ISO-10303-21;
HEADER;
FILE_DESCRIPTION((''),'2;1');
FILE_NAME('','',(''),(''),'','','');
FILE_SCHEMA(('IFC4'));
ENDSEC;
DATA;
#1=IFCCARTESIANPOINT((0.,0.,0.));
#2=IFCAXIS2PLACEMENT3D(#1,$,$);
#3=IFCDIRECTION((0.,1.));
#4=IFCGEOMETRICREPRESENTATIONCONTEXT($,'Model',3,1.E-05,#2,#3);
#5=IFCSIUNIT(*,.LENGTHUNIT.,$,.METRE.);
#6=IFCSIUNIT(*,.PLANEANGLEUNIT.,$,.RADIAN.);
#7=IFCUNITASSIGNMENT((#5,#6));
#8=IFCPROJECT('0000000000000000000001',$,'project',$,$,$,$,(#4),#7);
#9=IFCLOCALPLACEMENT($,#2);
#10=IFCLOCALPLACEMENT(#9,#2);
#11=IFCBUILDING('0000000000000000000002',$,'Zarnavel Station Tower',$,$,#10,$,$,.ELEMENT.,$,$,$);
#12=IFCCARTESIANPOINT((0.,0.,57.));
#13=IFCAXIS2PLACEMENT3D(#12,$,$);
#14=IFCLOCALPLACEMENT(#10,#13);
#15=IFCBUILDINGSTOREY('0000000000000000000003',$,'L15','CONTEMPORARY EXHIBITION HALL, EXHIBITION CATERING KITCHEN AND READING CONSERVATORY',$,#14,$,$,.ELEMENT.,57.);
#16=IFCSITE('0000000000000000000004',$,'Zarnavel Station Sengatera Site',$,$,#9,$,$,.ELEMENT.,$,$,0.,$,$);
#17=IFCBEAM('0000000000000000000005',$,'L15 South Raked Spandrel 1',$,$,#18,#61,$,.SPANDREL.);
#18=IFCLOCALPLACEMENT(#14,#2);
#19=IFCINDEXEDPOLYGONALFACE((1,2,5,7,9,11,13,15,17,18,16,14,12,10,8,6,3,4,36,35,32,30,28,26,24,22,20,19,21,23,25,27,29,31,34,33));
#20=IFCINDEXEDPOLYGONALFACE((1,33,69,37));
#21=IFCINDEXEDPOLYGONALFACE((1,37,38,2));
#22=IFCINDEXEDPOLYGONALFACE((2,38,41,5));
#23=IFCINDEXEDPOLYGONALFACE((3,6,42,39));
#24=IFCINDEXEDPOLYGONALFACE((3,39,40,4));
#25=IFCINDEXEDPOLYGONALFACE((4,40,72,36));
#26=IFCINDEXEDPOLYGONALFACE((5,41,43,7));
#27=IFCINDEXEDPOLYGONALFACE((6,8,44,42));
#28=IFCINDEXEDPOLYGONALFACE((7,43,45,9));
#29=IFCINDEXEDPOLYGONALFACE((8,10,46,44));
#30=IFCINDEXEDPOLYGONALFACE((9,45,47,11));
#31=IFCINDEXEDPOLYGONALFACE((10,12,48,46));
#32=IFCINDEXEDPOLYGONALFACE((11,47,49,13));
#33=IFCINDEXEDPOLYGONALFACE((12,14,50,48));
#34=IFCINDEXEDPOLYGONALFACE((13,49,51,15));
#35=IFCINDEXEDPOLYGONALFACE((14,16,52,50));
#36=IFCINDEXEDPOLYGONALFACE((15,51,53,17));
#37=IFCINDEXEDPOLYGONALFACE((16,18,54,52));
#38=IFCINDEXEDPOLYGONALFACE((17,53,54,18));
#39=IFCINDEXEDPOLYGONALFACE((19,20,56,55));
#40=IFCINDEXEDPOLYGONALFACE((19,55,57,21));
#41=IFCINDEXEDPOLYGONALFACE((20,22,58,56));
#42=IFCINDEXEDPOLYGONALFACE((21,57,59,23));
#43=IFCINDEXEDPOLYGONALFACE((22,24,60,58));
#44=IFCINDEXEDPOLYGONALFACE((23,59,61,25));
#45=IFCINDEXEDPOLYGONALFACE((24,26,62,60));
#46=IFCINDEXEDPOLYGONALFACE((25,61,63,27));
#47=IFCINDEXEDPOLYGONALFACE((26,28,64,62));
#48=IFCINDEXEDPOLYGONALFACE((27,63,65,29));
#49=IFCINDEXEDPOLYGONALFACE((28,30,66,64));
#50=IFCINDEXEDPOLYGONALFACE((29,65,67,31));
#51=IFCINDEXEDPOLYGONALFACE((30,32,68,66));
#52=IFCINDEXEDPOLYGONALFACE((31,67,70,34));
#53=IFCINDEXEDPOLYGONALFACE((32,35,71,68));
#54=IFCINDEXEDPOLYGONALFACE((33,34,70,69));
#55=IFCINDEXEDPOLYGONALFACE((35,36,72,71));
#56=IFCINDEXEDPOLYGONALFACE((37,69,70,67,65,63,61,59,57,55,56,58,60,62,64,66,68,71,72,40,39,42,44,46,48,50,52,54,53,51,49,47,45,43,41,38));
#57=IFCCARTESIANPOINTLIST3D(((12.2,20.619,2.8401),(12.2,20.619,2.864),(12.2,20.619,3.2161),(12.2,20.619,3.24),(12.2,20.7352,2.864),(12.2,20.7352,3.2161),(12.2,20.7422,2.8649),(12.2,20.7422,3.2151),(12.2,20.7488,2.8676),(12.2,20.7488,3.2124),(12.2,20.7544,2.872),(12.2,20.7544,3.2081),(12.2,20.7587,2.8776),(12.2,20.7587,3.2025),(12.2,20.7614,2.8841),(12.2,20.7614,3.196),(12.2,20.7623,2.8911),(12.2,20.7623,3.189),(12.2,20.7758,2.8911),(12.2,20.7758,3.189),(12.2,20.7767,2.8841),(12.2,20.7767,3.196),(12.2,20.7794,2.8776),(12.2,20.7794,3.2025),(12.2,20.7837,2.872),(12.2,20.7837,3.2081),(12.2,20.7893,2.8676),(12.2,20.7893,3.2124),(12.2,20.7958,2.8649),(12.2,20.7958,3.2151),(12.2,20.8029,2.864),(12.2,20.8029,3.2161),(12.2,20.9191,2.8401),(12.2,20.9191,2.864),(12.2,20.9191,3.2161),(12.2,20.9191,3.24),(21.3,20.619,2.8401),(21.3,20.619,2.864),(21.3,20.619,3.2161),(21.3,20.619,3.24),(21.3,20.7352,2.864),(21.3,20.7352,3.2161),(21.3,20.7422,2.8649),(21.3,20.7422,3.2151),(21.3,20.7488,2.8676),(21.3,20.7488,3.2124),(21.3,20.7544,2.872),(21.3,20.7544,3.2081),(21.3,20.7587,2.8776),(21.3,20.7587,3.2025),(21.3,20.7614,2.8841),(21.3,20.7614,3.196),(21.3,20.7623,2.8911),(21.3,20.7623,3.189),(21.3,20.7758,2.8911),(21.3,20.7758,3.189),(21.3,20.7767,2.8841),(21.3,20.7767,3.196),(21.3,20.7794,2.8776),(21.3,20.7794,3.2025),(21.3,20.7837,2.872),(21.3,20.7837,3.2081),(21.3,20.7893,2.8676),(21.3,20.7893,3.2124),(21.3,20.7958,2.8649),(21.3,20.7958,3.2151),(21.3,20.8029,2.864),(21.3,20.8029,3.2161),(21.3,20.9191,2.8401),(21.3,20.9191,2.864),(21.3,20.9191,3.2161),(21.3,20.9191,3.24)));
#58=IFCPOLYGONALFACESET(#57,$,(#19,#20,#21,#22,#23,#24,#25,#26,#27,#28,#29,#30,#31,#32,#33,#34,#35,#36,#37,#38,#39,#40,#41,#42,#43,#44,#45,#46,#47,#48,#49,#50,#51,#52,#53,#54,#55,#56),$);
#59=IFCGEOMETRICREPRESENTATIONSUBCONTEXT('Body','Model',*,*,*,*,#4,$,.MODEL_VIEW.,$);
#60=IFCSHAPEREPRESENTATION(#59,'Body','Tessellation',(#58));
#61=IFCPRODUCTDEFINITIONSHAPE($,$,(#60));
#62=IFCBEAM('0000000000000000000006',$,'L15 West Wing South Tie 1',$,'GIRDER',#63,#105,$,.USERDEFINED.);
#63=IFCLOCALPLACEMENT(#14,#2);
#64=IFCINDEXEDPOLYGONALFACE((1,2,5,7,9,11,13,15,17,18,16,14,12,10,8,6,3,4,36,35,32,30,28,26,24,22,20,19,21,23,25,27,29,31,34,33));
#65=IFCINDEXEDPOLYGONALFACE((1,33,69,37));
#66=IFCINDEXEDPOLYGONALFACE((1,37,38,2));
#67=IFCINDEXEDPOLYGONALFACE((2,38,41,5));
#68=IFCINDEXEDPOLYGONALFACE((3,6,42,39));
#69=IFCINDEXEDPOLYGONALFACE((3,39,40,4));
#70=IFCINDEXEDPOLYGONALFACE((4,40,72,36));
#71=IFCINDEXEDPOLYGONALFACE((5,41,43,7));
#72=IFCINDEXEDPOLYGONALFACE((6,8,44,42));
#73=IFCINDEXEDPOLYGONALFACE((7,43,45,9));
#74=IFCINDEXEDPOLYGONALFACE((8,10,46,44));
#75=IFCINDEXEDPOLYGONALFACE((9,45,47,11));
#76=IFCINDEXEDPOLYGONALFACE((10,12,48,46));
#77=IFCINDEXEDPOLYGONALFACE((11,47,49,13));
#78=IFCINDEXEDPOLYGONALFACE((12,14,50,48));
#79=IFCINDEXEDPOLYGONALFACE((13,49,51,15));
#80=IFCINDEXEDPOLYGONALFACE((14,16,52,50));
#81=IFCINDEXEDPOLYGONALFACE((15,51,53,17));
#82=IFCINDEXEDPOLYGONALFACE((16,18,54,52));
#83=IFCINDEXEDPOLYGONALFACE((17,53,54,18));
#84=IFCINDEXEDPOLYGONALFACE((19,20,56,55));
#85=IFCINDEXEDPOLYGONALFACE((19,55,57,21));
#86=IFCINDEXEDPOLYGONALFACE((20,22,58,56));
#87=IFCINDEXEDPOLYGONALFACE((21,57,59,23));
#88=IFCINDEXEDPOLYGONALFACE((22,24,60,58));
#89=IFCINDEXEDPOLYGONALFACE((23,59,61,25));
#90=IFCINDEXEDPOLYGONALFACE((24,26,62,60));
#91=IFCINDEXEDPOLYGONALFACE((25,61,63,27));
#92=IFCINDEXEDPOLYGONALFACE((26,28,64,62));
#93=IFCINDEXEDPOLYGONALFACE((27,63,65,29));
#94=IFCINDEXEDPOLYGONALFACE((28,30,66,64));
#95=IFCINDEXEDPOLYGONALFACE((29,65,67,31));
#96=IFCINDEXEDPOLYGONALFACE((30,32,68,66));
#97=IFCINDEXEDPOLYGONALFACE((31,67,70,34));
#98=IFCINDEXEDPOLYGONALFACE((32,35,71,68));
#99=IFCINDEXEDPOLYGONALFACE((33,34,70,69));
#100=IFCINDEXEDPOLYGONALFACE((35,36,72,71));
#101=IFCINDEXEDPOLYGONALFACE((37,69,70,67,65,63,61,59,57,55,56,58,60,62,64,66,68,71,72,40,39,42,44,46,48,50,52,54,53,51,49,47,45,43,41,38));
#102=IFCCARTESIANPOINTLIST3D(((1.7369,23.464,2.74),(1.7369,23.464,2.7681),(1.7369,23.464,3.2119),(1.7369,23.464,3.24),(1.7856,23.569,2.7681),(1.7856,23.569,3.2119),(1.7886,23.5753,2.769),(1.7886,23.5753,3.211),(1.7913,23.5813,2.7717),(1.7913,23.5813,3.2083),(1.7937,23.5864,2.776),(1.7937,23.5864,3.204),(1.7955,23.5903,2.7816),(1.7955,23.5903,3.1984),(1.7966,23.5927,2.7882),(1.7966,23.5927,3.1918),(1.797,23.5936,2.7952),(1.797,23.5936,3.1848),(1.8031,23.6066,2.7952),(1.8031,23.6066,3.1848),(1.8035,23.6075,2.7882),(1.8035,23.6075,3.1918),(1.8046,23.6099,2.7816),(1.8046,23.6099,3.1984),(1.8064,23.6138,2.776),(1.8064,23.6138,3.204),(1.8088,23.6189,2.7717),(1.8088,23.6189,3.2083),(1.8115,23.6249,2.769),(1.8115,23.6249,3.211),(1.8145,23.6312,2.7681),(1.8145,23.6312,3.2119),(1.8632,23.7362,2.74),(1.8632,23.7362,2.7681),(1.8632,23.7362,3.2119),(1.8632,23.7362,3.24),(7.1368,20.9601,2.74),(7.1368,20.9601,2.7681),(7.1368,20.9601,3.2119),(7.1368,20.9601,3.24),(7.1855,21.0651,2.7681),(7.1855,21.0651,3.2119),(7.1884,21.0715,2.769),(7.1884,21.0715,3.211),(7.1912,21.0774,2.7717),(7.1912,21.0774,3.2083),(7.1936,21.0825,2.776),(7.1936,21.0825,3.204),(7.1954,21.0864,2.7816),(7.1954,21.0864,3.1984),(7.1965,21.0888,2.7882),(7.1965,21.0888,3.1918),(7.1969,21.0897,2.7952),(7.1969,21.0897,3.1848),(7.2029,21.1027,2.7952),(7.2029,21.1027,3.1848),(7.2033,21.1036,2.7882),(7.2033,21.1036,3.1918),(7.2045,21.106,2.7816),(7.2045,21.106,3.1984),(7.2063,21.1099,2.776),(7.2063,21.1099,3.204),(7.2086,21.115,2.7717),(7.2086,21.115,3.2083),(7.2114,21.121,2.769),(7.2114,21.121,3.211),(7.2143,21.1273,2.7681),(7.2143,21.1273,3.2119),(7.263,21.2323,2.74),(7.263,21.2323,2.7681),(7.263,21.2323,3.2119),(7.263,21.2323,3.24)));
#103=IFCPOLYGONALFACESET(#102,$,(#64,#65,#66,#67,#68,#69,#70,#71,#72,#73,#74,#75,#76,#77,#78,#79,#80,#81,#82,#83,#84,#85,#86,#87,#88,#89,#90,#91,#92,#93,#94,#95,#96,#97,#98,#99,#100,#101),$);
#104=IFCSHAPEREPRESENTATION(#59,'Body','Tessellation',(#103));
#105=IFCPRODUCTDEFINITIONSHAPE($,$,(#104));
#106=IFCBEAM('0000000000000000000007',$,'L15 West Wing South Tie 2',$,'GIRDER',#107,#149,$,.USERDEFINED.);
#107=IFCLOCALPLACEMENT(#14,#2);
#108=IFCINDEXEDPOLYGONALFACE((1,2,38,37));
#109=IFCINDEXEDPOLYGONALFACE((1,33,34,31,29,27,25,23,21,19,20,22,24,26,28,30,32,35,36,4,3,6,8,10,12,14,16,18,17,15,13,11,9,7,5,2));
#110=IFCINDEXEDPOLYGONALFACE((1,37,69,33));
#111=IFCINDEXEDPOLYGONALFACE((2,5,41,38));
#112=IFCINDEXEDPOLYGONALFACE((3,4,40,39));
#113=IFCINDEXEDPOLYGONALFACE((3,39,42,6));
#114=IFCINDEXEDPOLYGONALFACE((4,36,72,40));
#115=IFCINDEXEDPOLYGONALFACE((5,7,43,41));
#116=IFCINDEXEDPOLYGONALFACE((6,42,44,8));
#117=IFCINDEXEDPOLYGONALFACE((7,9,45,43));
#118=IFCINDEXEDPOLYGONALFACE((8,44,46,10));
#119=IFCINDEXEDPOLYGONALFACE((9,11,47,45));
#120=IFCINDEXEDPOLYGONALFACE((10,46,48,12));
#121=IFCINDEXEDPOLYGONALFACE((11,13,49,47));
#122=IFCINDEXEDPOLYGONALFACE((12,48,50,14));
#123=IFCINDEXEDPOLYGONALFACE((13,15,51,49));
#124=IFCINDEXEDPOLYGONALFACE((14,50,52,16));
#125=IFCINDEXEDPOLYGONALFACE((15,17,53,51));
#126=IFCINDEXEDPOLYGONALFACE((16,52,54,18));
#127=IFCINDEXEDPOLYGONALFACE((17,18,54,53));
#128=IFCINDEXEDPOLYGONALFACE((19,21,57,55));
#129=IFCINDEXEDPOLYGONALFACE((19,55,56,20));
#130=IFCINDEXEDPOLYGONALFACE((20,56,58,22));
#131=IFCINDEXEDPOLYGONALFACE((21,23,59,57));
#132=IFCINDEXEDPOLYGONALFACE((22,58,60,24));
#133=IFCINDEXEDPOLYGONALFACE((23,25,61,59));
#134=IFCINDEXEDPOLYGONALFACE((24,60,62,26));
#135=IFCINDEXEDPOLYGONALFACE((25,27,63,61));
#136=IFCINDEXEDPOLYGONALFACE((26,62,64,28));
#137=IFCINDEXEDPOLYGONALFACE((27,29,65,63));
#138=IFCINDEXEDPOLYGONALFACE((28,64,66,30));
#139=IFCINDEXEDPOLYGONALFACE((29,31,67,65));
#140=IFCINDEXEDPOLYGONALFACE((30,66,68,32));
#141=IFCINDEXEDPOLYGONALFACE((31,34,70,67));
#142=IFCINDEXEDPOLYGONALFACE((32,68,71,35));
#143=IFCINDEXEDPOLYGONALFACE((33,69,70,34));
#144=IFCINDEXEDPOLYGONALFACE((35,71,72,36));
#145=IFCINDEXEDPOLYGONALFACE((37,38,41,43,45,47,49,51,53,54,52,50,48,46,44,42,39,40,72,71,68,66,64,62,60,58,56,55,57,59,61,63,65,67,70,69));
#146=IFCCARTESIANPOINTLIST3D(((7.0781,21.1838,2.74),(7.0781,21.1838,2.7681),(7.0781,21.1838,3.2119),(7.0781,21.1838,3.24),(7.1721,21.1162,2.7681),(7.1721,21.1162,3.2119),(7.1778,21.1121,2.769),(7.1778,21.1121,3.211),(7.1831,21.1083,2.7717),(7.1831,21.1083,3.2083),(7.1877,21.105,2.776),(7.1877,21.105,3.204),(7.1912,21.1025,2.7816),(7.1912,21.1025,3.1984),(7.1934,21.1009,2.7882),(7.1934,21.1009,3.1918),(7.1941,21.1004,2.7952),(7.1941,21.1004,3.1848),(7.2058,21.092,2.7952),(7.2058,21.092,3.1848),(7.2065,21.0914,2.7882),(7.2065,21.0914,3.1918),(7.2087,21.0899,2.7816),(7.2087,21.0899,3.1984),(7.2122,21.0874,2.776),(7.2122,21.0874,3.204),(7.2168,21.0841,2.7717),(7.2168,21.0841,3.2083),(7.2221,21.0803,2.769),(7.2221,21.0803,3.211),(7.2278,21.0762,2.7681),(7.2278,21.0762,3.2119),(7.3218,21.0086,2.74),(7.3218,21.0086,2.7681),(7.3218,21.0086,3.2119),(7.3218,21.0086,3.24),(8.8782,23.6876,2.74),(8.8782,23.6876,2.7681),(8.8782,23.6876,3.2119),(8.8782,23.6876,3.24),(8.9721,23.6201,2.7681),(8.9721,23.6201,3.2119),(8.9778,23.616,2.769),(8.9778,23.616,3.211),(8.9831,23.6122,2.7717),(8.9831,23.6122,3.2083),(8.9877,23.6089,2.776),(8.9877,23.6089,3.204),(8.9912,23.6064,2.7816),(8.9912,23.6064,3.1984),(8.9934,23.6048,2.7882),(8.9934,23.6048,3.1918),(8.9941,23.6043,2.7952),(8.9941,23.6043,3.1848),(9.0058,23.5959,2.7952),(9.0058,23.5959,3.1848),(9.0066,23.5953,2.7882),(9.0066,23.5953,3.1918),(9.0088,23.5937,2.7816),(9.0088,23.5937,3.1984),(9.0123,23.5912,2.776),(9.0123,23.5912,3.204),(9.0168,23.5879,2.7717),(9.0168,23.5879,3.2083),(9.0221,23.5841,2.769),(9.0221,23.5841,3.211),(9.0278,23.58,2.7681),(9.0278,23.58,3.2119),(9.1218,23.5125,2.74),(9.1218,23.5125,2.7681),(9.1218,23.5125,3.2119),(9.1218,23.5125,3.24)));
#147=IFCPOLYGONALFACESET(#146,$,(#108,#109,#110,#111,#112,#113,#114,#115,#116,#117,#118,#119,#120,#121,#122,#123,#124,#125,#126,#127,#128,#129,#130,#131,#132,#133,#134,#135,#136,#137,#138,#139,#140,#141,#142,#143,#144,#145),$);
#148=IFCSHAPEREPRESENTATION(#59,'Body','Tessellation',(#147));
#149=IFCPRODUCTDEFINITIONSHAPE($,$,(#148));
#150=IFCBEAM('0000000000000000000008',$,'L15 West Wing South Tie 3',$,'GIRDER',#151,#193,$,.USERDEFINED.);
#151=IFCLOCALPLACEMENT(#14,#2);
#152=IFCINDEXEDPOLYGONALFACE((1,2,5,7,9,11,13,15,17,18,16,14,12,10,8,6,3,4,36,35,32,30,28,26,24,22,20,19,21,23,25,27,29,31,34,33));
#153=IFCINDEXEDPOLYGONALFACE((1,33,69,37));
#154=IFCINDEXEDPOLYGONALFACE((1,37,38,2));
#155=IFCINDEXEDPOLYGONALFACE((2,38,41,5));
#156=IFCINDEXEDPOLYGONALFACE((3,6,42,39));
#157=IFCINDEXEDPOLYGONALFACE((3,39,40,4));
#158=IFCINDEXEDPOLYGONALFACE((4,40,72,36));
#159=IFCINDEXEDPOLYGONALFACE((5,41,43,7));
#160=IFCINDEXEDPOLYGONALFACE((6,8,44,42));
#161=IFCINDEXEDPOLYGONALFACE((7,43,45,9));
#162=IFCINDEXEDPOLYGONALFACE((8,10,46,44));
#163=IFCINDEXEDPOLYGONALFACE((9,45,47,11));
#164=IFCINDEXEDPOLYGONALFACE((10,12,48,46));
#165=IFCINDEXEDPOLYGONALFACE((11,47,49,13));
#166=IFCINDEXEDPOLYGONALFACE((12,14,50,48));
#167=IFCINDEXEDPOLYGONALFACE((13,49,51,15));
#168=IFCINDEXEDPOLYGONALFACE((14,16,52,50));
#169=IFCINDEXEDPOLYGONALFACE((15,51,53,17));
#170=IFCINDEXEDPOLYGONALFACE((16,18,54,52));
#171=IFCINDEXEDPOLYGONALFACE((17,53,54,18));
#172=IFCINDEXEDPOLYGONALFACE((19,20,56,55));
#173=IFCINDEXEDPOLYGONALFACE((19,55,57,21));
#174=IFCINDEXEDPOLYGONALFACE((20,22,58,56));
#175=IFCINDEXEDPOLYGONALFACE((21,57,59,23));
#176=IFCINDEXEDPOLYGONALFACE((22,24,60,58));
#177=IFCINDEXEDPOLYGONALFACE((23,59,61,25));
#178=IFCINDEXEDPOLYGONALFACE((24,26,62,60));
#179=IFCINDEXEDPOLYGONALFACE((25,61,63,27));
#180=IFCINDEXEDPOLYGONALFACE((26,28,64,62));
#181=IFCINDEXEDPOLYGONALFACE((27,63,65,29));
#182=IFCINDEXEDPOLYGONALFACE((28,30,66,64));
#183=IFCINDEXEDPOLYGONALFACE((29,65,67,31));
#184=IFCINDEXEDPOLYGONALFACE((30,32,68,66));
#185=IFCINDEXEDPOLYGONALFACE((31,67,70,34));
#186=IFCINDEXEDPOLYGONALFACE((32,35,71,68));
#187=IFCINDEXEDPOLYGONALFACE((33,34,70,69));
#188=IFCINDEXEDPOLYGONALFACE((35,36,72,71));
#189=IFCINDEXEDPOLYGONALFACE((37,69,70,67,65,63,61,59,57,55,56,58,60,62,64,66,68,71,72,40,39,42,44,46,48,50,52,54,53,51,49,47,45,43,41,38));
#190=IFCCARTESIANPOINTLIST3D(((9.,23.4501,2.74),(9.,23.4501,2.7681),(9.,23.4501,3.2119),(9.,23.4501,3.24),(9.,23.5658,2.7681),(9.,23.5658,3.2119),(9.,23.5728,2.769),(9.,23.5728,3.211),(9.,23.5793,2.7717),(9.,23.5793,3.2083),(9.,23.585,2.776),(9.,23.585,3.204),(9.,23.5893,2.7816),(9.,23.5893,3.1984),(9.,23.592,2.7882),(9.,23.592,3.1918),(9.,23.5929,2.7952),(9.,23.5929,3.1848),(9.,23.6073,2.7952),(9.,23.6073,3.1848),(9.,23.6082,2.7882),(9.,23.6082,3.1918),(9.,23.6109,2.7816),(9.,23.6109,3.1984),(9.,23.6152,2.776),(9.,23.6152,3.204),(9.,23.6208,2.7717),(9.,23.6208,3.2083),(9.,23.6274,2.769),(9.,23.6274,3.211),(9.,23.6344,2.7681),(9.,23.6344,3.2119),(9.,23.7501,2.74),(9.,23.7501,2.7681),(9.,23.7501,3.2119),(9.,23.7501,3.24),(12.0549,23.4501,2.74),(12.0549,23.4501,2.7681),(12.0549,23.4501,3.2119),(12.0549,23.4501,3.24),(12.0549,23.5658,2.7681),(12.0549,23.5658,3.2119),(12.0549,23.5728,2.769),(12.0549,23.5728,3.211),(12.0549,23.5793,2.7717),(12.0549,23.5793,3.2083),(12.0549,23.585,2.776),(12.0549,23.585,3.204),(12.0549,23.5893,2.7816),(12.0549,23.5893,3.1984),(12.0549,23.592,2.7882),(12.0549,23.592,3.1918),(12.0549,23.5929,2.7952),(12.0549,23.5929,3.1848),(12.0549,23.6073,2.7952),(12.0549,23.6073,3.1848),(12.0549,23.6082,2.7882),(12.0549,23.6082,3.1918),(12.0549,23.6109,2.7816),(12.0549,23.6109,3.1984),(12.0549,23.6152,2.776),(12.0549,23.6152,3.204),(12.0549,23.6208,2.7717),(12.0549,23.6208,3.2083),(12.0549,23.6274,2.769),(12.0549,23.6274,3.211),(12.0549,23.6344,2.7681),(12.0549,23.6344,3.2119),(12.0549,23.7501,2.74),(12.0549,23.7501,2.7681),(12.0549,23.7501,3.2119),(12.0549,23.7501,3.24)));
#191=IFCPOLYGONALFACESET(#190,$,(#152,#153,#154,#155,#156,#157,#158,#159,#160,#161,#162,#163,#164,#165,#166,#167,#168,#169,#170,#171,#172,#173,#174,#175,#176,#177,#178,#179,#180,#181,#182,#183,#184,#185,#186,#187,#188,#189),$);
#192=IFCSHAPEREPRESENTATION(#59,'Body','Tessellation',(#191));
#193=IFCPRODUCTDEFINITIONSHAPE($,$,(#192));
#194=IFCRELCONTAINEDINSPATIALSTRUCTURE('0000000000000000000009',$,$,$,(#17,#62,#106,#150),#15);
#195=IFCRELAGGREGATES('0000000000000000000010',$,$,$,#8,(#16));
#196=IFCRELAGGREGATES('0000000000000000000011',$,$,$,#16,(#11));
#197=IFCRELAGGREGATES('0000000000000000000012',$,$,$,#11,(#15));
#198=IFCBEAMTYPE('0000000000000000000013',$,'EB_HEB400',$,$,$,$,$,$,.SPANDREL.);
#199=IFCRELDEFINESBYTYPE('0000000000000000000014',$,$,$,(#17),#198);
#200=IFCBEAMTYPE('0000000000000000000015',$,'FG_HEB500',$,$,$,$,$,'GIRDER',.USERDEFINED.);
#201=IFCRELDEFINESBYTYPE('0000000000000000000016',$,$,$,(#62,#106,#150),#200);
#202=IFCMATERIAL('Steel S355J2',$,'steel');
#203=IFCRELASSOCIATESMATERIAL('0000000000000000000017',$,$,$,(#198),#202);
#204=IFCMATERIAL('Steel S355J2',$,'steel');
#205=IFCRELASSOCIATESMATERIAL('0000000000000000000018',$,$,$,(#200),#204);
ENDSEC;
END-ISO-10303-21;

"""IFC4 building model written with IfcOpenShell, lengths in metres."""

from ifc_helpers import new_model, si_unit, direction, frame, origin, origin_2d, place, context, subcontext, project, spatial, i_section, extrude, material, material_profile, profile_set, type_object, element, save


model = new_model("IFC4")

# Units and contexts
model_context = context("Model", 3, precision=1e-05, world=origin(), true_north=direction((0.0, 1.0)))
body_context = subcontext(model_context, "Body", "Model", "MODEL_VIEW")
ifc_project = project(units=[si_unit("LENGTHUNIT", "METRE"), si_unit("PLANEANGLEUNIT", "RADIAN")], contexts=[model_context])

# Site, building, storey
site_placement = place(None, origin())
site = spatial("IfcSite", under=ifc_project, at=site_placement, Name="Zarnavel Station Sengatera Site", CompositionType="ELEMENT", RefElevation=0.0)
building_placement = place(site_placement, origin())
building = spatial("IfcBuilding", under=site, at=building_placement, Name="Zarnavel Station Tower", CompositionType="ELEMENT")
storey_placement = place(building_placement, frame((0.0, 0.0, 57.0)))
storey = spatial("IfcBuildingStorey", under=building, at=storey_placement, Name="L15", Description="CONTEMPORARY EXHIBITION HALL, EXHIBITION CATERING KITCHEN AND READING CONSERVATORY", CompositionType="ELEMENT", Elevation=57.0)

# Beams
ifc_material_1 = material(Name="Steel S355J2", Category="steel")
ifc_material_profile_1 = material_profile(ifc_material_1, i_section(OverallWidth=0.3, OverallDepth=0.3999, WebThickness=0.0134, FlangeThickness=0.0239, FilletRadius=0.0271, at=origin_2d()), Name="HEB400")
ifc_profile_set_1 = profile_set([ifc_material_profile_1], Name="Steel S355J2")
beam_type_1 = type_object("IfcBeamType", Name="EB_HEB400", PredefinedType="SPANDREL", material=ifc_profile_set_1)
beam_1_placement = place(storey_placement, frame((12.2, 20.769, 3.04), z_axis=(1.0, 0.0, 0.0), x_axis=(0.0, 1.0, 0.0)))
element("IfcBeam", 1, at=beam_1_placement, inside=storey, type_object=beam_type_1, Name="L15 South Raked Spandrel 1", PredefinedType="SPANDREL", context=body_context, shape_type="SweptSolid", body=[
    extrude(i_section(OverallWidth=0.3, OverallDepth=0.3999, WebThickness=0.0134, FlangeThickness=0.0239, FilletRadius=0.0271, at=origin_2d()), origin(), (0.0, 0.0, 1.0), 9.1001),
])
ifc_material_2 = material(Name="Steel S355J2", Category="steel")
ifc_material_profile_2 = material_profile(ifc_material_2, i_section(OverallWidth=0.3, OverallDepth=0.5, WebThickness=0.0144, FlangeThickness=0.0281, FilletRadius=0.0271, at=origin_2d()), Name="HEB500")
ifc_profile_set_2 = profile_set([ifc_material_profile_2], Name="Steel S355J2")
beam_type_2 = type_object("IfcBeamType", Name="FG_HEB500", ElementType="GIRDER", PredefinedType="USERDEFINED", material=ifc_profile_set_2)
beam_2_placement = place(storey_placement, frame((1.8, 23.6001, 2.99), z_axis=(0.907214, -0.42067, 0.0), x_axis=(0.42067, 0.907214, 0.0)))
element("IfcBeam", 2, at=beam_2_placement, inside=storey, type_object=beam_type_2, Name="L15 West Wing South Tie 1", ObjectType="GIRDER", PredefinedType="USERDEFINED", context=body_context, shape_type="SweptSolid", body=[
    extrude(i_section(OverallWidth=0.3, OverallDepth=0.5, WebThickness=0.0144, FlangeThickness=0.0281, FilletRadius=0.0271, at=origin_2d()), origin(), (0.0, 0.0, 1.0), 5.9521),
])
beam_3_placement = place(storey_placement, frame((7.2, 21.0962, 2.99), z_axis=(0.583714, 0.811959, 0.0), x_axis=(-0.811959, 0.583714, 0.0)))
element("IfcBeam", 3, at=beam_3_placement, inside=storey, type_object=beam_type_2, Name="L15 West Wing South Tie 2", ObjectType="GIRDER", PredefinedType="USERDEFINED", context=body_context, shape_type="SweptSolid", body=[
    extrude(i_section(OverallWidth=0.3, OverallDepth=0.5, WebThickness=0.0144, FlangeThickness=0.0281, FilletRadius=0.0271, at=origin_2d()), origin(), (0.0, 0.0, 1.0), 3.0837),
])
beam_4_placement = place(storey_placement, frame((9.0, 23.6001, 2.99), z_axis=(1.0, 0.0, 0.0), x_axis=(0.0, 1.0, 0.0)))
element("IfcBeam", 4, at=beam_4_placement, inside=storey, type_object=beam_type_2, Name="L15 West Wing South Tie 3", ObjectType="GIRDER", PredefinedType="USERDEFINED", context=body_context, shape_type="SweptSolid", body=[
    extrude(i_section(OverallWidth=0.3, OverallDepth=0.5, WebThickness=0.0144, FlangeThickness=0.0281, FilletRadius=0.0271, at=origin_2d()), origin(), (0.0, 0.0, 1.0), 3.0549),
])

save(model, "model.ifc")
